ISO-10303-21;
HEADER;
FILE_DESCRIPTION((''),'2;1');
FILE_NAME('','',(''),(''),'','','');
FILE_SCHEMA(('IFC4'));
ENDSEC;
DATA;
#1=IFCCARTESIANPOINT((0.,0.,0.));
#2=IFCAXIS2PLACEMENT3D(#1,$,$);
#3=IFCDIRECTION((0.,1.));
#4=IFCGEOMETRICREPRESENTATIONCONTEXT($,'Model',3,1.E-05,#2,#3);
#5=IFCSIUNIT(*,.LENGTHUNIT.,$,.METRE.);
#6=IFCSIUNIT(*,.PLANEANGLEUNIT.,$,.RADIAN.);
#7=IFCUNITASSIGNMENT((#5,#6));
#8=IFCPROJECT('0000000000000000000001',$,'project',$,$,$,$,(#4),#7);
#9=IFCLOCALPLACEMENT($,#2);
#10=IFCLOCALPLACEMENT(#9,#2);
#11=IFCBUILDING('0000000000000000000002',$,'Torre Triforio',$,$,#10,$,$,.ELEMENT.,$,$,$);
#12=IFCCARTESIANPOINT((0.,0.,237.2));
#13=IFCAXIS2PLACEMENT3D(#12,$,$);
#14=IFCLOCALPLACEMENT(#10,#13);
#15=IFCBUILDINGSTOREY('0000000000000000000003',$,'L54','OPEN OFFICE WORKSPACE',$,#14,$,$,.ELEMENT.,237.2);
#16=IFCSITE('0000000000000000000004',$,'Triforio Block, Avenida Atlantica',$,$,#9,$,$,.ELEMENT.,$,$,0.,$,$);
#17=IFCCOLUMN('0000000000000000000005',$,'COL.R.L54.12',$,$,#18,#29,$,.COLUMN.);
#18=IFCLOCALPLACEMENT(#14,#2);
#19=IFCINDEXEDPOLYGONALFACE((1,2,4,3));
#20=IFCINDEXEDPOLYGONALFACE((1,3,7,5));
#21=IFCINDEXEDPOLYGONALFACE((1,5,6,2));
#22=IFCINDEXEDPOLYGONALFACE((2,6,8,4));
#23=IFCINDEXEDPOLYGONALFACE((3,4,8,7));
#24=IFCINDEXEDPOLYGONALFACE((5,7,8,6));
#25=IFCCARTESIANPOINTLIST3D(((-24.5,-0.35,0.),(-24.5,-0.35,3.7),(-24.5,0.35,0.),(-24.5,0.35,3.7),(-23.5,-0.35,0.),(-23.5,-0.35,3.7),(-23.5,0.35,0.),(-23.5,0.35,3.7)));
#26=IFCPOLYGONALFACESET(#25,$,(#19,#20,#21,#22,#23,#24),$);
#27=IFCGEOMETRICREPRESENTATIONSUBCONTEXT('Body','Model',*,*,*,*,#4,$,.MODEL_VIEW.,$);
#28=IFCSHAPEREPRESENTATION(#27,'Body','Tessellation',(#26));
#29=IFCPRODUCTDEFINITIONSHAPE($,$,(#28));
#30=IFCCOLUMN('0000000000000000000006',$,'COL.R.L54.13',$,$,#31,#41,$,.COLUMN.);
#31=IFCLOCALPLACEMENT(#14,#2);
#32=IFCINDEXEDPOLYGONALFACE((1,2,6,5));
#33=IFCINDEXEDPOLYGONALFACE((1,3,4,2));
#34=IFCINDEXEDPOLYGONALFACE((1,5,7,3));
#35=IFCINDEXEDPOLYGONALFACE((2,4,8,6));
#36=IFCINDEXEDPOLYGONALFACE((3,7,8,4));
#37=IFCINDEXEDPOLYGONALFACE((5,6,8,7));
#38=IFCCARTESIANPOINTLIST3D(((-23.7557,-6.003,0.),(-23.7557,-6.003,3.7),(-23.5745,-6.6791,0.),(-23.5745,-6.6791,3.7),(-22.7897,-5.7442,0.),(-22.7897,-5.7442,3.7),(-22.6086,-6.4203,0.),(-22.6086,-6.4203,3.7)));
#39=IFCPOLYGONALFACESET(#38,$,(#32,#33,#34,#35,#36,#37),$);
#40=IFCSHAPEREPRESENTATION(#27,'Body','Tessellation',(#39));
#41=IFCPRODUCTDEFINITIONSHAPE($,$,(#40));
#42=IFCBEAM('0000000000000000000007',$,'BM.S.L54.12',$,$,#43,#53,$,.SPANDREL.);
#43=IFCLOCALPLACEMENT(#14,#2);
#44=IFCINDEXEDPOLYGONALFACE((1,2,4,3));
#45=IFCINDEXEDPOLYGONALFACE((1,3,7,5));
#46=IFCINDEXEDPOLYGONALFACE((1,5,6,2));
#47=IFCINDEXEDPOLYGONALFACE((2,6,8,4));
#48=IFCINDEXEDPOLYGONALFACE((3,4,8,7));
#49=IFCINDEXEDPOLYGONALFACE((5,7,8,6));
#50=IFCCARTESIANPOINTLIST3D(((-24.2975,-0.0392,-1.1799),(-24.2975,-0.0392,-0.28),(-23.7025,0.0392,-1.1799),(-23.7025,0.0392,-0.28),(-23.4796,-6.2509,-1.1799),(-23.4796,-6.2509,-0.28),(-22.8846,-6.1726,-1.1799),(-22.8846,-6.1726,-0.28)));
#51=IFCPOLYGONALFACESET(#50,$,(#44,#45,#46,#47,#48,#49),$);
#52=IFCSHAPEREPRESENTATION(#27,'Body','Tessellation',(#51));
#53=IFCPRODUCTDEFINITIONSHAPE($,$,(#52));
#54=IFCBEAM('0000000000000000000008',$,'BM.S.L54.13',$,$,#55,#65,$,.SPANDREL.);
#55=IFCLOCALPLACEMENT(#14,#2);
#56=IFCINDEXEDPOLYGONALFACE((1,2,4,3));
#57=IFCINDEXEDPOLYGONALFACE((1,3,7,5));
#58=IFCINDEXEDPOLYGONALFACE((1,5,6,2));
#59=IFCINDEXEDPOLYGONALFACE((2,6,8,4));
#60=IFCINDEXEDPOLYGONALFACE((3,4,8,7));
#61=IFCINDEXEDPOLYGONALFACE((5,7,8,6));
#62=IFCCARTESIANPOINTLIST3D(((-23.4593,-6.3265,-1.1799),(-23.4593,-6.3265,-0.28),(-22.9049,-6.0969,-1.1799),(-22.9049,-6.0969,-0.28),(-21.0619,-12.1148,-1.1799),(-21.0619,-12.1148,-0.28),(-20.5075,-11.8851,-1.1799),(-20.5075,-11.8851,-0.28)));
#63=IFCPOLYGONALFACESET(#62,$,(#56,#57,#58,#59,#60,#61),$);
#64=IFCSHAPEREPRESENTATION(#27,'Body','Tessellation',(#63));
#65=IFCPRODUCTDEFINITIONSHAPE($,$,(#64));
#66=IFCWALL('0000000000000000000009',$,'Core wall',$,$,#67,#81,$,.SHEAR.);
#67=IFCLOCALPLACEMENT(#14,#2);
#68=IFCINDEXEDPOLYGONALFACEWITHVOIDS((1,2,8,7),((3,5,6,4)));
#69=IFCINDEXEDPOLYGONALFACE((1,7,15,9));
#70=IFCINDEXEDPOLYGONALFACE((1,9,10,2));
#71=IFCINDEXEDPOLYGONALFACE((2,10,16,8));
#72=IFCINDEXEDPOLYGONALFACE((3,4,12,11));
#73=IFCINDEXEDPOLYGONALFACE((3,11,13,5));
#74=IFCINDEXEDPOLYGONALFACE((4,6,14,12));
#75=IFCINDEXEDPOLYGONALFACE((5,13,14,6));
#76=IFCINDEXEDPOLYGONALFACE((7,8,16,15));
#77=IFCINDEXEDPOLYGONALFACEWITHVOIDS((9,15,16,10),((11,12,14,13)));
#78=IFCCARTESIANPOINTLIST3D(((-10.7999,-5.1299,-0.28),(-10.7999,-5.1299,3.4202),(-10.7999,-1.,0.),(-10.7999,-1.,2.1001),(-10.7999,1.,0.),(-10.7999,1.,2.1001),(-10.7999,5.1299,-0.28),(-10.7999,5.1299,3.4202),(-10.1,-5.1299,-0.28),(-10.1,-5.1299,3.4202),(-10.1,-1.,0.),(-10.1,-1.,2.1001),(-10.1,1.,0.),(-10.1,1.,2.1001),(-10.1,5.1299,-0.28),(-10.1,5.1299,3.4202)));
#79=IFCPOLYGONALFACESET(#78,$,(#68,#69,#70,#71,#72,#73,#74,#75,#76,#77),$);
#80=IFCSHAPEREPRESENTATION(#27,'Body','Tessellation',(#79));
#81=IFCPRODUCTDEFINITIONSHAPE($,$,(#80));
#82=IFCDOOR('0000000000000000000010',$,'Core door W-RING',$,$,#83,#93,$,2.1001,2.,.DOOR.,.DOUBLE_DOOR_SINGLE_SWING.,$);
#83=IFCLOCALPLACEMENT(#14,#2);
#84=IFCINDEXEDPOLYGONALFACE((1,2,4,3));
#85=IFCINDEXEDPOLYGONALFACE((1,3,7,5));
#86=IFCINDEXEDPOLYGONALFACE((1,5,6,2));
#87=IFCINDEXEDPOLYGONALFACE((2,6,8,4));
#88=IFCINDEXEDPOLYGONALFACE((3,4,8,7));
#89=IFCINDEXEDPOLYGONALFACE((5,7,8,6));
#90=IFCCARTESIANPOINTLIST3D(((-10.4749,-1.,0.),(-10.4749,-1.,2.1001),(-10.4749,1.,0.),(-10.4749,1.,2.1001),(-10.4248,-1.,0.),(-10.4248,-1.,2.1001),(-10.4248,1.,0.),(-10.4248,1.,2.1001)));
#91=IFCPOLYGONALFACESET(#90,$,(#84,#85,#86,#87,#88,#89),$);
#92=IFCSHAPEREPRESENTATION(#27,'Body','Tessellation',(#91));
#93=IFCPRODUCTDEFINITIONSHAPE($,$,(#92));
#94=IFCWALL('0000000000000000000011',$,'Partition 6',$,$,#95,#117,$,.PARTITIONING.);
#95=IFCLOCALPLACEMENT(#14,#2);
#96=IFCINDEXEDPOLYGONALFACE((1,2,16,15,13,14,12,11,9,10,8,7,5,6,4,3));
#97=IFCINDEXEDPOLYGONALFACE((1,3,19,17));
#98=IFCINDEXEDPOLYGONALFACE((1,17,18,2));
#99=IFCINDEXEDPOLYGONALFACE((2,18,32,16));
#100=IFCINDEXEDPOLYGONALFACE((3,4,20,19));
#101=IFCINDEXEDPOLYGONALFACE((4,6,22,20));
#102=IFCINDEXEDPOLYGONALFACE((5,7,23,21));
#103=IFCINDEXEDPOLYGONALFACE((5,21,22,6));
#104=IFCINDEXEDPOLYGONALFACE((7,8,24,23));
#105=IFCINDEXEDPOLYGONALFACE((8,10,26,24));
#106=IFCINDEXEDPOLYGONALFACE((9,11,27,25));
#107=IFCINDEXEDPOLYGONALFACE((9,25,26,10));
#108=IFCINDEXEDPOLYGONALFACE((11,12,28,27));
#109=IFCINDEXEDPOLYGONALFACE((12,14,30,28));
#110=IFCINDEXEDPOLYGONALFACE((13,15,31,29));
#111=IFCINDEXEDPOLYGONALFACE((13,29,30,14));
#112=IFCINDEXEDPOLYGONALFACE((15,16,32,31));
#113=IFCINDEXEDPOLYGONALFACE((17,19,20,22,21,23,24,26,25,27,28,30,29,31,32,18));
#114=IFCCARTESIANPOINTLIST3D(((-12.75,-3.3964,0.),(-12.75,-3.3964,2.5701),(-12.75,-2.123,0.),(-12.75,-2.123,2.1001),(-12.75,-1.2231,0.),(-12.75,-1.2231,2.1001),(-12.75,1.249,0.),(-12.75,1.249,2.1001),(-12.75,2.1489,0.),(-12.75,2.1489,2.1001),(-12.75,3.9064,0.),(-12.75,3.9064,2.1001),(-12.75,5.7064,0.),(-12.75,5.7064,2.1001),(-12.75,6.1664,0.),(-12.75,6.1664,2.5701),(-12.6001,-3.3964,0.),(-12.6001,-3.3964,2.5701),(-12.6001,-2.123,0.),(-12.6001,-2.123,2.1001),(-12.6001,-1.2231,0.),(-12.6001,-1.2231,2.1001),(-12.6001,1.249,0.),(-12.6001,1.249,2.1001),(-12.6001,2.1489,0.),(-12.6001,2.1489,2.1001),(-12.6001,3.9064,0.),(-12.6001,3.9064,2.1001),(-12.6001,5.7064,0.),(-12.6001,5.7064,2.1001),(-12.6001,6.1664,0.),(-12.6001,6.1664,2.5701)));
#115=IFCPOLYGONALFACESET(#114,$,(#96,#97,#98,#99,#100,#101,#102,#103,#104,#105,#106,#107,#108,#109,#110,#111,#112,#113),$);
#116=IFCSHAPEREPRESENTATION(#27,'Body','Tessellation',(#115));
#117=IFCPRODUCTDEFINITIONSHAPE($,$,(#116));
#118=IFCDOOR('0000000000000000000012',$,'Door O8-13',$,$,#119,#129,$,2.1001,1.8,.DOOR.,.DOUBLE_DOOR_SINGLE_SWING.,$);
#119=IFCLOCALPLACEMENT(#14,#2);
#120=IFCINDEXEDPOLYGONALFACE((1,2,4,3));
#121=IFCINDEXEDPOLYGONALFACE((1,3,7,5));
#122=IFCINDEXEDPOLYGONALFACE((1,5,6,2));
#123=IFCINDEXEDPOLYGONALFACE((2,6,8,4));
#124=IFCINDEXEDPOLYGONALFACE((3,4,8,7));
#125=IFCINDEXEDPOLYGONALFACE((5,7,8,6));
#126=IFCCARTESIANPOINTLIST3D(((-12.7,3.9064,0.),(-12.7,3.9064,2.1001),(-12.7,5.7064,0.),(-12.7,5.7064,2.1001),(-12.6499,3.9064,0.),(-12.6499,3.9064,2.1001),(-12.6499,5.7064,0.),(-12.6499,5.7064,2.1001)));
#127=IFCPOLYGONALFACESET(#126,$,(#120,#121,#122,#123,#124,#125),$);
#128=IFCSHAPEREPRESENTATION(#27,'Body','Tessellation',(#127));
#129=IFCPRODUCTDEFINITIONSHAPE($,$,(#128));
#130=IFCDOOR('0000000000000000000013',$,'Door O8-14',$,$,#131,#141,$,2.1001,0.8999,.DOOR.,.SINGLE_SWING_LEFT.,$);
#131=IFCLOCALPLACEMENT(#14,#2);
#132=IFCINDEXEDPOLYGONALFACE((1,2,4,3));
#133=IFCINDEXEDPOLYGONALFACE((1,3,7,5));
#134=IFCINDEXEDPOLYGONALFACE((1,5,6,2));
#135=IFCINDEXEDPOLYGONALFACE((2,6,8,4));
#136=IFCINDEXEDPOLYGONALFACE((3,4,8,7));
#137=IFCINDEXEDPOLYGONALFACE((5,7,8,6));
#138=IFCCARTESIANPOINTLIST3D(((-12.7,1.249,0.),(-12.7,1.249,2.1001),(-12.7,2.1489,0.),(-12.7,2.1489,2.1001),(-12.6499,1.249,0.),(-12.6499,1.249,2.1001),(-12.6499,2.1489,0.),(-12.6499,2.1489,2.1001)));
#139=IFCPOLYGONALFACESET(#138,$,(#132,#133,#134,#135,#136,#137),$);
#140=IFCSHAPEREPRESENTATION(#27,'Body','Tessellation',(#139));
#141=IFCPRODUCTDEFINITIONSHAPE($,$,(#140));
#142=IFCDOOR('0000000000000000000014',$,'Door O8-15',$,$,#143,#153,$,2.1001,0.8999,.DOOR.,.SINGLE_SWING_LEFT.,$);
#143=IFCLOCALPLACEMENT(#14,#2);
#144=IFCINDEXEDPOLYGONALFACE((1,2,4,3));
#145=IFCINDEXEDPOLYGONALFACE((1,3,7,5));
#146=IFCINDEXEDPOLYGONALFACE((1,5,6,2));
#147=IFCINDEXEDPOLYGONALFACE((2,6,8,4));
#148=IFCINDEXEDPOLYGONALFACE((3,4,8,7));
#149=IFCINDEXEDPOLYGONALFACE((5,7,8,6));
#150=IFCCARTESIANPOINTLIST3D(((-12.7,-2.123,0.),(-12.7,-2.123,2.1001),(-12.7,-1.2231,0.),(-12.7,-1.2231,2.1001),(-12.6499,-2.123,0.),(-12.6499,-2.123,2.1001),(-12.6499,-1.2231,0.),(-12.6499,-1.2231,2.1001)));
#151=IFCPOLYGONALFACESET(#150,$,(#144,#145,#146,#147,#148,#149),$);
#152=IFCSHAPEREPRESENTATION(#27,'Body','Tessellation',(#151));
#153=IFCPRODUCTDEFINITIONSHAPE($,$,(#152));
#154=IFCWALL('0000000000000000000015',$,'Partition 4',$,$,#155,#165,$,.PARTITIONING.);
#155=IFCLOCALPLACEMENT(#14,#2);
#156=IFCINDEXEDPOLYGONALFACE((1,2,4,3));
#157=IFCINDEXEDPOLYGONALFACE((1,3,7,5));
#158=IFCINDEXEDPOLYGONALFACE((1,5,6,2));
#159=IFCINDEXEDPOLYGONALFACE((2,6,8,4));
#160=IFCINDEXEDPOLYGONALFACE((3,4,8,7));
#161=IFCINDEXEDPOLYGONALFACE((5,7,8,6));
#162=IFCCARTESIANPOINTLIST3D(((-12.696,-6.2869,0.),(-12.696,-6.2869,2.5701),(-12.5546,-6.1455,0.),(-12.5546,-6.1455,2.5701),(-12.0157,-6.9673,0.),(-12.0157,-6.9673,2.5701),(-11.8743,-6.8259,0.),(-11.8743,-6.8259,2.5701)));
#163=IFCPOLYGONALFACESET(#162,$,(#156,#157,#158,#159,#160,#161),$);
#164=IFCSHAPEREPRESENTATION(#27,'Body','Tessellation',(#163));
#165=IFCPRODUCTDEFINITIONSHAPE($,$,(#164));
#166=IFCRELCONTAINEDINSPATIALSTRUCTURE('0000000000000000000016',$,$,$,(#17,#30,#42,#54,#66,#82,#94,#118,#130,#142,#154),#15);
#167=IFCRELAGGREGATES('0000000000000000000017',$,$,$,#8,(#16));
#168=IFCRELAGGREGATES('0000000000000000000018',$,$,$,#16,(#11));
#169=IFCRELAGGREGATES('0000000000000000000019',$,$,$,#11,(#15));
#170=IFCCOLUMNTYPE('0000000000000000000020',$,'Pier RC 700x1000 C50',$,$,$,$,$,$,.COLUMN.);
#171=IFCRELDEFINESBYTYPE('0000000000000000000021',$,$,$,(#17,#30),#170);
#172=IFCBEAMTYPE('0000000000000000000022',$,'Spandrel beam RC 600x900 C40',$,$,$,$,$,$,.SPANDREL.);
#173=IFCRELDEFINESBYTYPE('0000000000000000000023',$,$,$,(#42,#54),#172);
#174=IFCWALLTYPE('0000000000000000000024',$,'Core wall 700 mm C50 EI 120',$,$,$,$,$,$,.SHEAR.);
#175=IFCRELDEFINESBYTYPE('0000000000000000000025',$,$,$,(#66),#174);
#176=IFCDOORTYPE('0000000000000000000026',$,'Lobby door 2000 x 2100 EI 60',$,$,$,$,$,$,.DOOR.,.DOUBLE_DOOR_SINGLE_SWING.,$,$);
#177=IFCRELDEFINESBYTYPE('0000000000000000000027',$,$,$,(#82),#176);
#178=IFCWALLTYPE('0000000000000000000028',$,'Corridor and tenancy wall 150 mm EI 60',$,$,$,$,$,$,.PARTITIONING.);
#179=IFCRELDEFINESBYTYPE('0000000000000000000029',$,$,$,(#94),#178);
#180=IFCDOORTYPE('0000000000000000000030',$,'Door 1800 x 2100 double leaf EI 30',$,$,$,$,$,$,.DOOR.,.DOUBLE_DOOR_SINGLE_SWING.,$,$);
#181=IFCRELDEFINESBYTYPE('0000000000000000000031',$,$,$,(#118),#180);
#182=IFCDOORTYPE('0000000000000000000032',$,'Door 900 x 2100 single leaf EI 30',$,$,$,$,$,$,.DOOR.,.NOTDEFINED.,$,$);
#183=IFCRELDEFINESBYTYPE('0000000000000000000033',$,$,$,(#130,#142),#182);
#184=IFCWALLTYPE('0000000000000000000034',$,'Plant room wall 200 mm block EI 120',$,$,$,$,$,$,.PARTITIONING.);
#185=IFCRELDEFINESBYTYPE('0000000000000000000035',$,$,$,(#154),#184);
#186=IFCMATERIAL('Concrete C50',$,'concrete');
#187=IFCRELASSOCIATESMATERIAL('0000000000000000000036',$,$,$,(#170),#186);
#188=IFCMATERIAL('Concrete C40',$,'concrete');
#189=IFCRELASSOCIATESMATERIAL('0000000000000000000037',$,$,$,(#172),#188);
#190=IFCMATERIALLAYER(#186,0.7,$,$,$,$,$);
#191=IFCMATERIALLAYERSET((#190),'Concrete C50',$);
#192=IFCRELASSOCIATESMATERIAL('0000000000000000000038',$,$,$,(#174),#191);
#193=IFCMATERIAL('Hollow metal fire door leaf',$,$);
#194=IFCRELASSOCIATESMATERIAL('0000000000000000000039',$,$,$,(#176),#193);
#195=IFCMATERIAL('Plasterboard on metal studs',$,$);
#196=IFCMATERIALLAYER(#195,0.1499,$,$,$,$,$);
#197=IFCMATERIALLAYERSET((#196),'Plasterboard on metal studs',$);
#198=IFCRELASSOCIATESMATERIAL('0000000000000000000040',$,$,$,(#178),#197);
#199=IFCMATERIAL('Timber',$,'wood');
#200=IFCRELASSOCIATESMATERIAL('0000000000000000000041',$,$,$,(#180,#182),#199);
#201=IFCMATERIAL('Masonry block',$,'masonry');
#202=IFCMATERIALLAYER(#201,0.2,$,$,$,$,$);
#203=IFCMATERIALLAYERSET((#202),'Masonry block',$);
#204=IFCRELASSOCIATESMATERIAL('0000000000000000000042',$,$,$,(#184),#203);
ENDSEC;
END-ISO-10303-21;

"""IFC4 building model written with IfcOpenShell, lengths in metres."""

from ifc_helpers import new_model, si_unit, direction, frame, frame_2d, origin, origin_2d, place, context, subcontext, project, spatial, rectangle, extrude, material, layer, layer_set, material_profile, profile_set, type_object, element, fill, save


model = new_model("IFC4")

# Units and contexts
model_context = context("Model", 3, precision=1e-05, world=origin(), true_north=direction((0.0, 1.0)))
body_context = subcontext(model_context, "Body", "Model", "MODEL_VIEW")
ifc_project = project(units=[si_unit("LENGTHUNIT", "METRE"), si_unit("PLANEANGLEUNIT", "RADIAN")], contexts=[model_context])

# Site, building, storey
site_placement = place(None, origin())
site = spatial("IfcSite", under=ifc_project, at=site_placement, Name="Triforio Block, Avenida Atlantica", CompositionType="ELEMENT", RefElevation=0.0)
building_placement = place(site_placement, origin())
building = spatial("IfcBuilding", under=site, at=building_placement, Name="Torre Triforio", CompositionType="ELEMENT")
storey_placement = place(building_placement, frame((0.0, 0.0, 237.2)))
storey = spatial("IfcBuildingStorey", under=building, at=storey_placement, Name="L54", Description="OPEN OFFICE WORKSPACE", CompositionType="ELEMENT", Elevation=237.2)

# Columns
ifc_material_1 = material(Name="Concrete C50", Category="concrete")
ifc_material_profile_1 = material_profile(ifc_material_1, rectangle(XDim=0.7, YDim=1.0, at=origin_2d()), Name="RC 700x1000")
ifc_profile_set_1 = profile_set([ifc_material_profile_1], Name="Concrete C50")
column_type = type_object("IfcColumnType", Name="Pier RC 700x1000 C50", PredefinedType="COLUMN", material=ifc_profile_set_1)
for number, where, z_axis, x_axis, name in (
    (1, (-24.0, 0.0, 0.0), (0.0, 0.0, 1.0), (0.0, -1.0, 0.0), "COL.R.L54.12"),
    (2, (-23.1821, -6.2117, 0.0), (0.0, 0.0, 1.0), (0.258819, -0.965926, 0.0), "COL.R.L54.13"),
):
    element("IfcColumn", number, at=place(storey_placement, frame(where, z_axis=z_axis, x_axis=x_axis)), inside=storey, type_object=column_type, Name=name, PredefinedType="COLUMN", context=body_context, shape_type="SweptSolid", body=[
        extrude(rectangle(XDim=0.7, YDim=1.0, at=origin_2d()), origin(), (0.0, 0.0, 1.0), 3.7),
    ])

# Beams
ifc_material_2 = material(Name="Concrete C40", Category="concrete")
ifc_material_profile_2 = material_profile(ifc_material_2, rectangle(XDim=0.6001, YDim=0.8999, at=origin_2d()), Name="RC 600x900")
ifc_profile_set_2 = profile_set([ifc_material_profile_2], Name="Concrete C40")
beam_type = type_object("IfcBeamType", Name="Spandrel beam RC 600x900 C40", PredefinedType="SPANDREL", material=ifc_profile_set_2)
beam_1_placement = place(storey_placement, frame((-24.0, 0.0, -0.73), z_axis=(0.13054, -0.991443, 0.0), x_axis=(0.991443, 0.13054, 0.0)))
element("IfcBeam", 3, at=beam_1_placement, inside=storey, type_object=beam_type, Name="BM.S.L54.12", PredefinedType="SPANDREL", context=body_context, shape_type="SweptSolid", body=[
    extrude(rectangle(XDim=0.6001, YDim=0.8999, at=origin_2d()), origin(), (0.0, 0.0, 1.0), 6.2654),
])
beam_2_placement = place(storey_placement, frame((-23.1821, -6.2117, -0.73), z_axis=(0.382664, -0.923888, 0.0), x_axis=(0.923888, 0.382664, 0.0)))
element("IfcBeam", 4, at=beam_2_placement, inside=storey, type_object=beam_type, Name="BM.S.L54.13", PredefinedType="SPANDREL", context=body_context, shape_type="SweptSolid", body=[
    extrude(rectangle(XDim=0.6001, YDim=0.8999, at=origin_2d()), origin(), (0.0, 0.0, 1.0), 6.2651),
])

# Wall, opening, door
ifc_layer_1 = layer(ifc_material_1, 0.7)
ifc_layer_set_1 = layer_set([ifc_layer_1], Name="Concrete C50")
wall_type_1 = type_object("IfcWallType", Name="Core wall 700 mm C50 EI 120", PredefinedType="SHEAR", material=ifc_layer_set_1)
wall_1_placement = place(storey_placement, frame((-10.45, -5.1299, -0.28), z_axis=(0.0, 0.0, 1.0), x_axis=(0.0, 1.0, 0.0)))
wall_1 = element("IfcWall", 5, at=wall_1_placement, inside=storey, type_object=wall_type_1, Name="Core wall", PredefinedType="SHEAR", context=body_context, shape_type="SweptSolid", body=[
    extrude(rectangle(XDim=10.2598, YDim=0.7, at=frame_2d((5.1299, 0.0))), origin(), (0.0, 0.0, 1.0), 3.7002),
])
opening_1_placement = place(wall_1_placement, frame((4.1299, 0.0, 0.28)))
opening_1 = element("IfcOpeningElement", 6, at=opening_1_placement, cuts=wall_1, PredefinedType="OPENING", context=body_context, shape_type="SweptSolid", body=[
    extrude(rectangle(XDim=2.0, YDim=2.1001, at=frame_2d((1.0, 1.05))), frame((0.0, 0.3599, 0.0), z_axis=(0.0, -1.0, 0.0), x_axis=(1.0, 0.0, 0.0)), (0.0, 0.0, 1.0), 0.72),
])
ifc_material_3 = material(Name="Hollow metal fire door leaf")
door_type_1 = type_object("IfcDoorType", Name="Lobby door 2000 x 2100 EI 60", OperationType="DOUBLE_DOOR_SINGLE_SWING", PredefinedType="DOOR", material=ifc_material_3)
door_1_placement = place(opening_1_placement, origin())
door_1 = element("IfcDoor", 7, at=door_1_placement, inside=storey, type_object=door_type_1, Name="Core door W-RING", OperationType="DOUBLE_DOOR_SINGLE_SWING", OverallHeight=2.1001, OverallWidth=2.0, PredefinedType="DOOR", context=body_context, shape_type="SweptSolid", body=[
    extrude(rectangle(XDim=2.0, YDim=2.1001, at=frame_2d((1.0, 1.05))), frame((0.0, 0.0249, 0.0), z_axis=(0.0, -1.0, 0.0), x_axis=(1.0, 0.0, 0.0)), (0.0, 0.0, 1.0), 0.05),
])
fill(opening_1, door_1)

# Wall, openings, doors
ifc_material_4 = material(Name="Plasterboard on metal studs")
ifc_layer_2 = layer(ifc_material_4, 0.1499)
ifc_layer_set_2 = layer_set([ifc_layer_2], Name="Plasterboard on metal studs")
wall_type_2 = type_object("IfcWallType", Name="Corridor and tenancy wall 150 mm EI 60", PredefinedType="PARTITIONING", material=ifc_layer_set_2)
wall_2_placement = place(storey_placement, frame((-12.675, -3.3962, 0.0), z_axis=(0.0, 0.0, 1.0), x_axis=(0.0, 1.0, 0.0)))
wall_2 = element("IfcWall", 8, at=wall_2_placement, inside=storey, type_object=wall_type_2, Name="Partition 6", PredefinedType="PARTITIONING", context=body_context, shape_type="SweptSolid", body=[
    extrude(rectangle(XDim=9.5627, YDim=0.1499, at=frame_2d((4.7812, 0.0))), origin(), (0.0, 0.0, 1.0), 2.5701),
])
opening_2_placement = place(wall_2_placement, frame((7.3027, 0.0, 0.0)))
opening_2 = element("IfcOpeningElement", 9, at=opening_2_placement, cuts=wall_2, PredefinedType="OPENING", context=body_context, shape_type="SweptSolid", body=[
    extrude(rectangle(XDim=1.8, YDim=2.1001, at=frame_2d((0.8999, 1.05))), frame((0.0, 0.085, 0.0), z_axis=(0.0, -1.0, 0.0), x_axis=(1.0, 0.0, 0.0)), (0.0, 0.0, 1.0), 0.1699),
])
opening_3_placement = place(wall_2_placement, frame((4.6453, 0.0, 0.0)))
opening_3 = element("IfcOpeningElement", 10, at=opening_3_placement, cuts=wall_2, PredefinedType="OPENING", context=body_context, shape_type="SweptSolid", body=[
    extrude(rectangle(XDim=0.8999, YDim=2.1001, at=frame_2d((0.45, 1.05))), frame((0.0, 0.085, 0.0), z_axis=(0.0, -1.0, 0.0), x_axis=(1.0, 0.0, 0.0)), (0.0, 0.0, 1.0), 0.1699),
])
opening_4_placement = place(wall_2_placement, frame((1.2732, 0.0, 0.0)))
opening_4 = element("IfcOpeningElement", 11, at=opening_4_placement, cuts=wall_2, PredefinedType="OPENING", context=body_context, shape_type="SweptSolid", body=[
    extrude(rectangle(XDim=0.8999, YDim=2.1001, at=frame_2d((0.45, 1.05))), frame((0.0, 0.085, 0.0), z_axis=(0.0, -1.0, 0.0), x_axis=(1.0, 0.0, 0.0)), (0.0, 0.0, 1.0), 0.1699),
])
ifc_material_5 = material(Name="Timber", Category="wood")
door_type_2 = type_object("IfcDoorType", Name="Door 1800 x 2100 double leaf EI 30", OperationType="DOUBLE_DOOR_SINGLE_SWING", PredefinedType="DOOR", material=ifc_material_5)
door_2_placement = place(opening_2_placement, origin())
door_2 = element("IfcDoor", 12, at=door_2_placement, inside=storey, type_object=door_type_2, Name="Door O8-13", OperationType="DOUBLE_DOOR_SINGLE_SWING", OverallHeight=2.1001, OverallWidth=1.8, PredefinedType="DOOR", context=body_context, shape_type="SweptSolid", body=[
    extrude(rectangle(XDim=1.8, YDim=2.1001, at=frame_2d((0.8999, 1.05))), frame((0.0, 0.0249, 0.0), z_axis=(0.0, -1.0, 0.0), x_axis=(1.0, 0.0, 0.0)), (0.0, 0.0, 1.0), 0.05),
])
fill(opening_2, door_2)
door_type_3 = type_object("IfcDoorType", Name="Door 900 x 2100 single leaf EI 30", OperationType="NOTDEFINED", PredefinedType="DOOR", material=ifc_material_5)
door_3_placement = place(opening_3_placement, origin())
door_3 = element("IfcDoor", 13, at=door_3_placement, inside=storey, type_object=door_type_3, Name="Door O8-14", OperationType="SINGLE_SWING_LEFT", OverallHeight=2.1001, OverallWidth=0.8999, PredefinedType="DOOR", context=body_context, shape_type="SweptSolid", body=[
    extrude(rectangle(XDim=0.8999, YDim=2.1001, at=frame_2d((0.45, 1.05))), frame((0.0, 0.0249, 0.0), z_axis=(0.0, -1.0, 0.0), x_axis=(1.0, 0.0, 0.0)), (0.0, 0.0, 1.0), 0.05),
])
fill(opening_3, door_3)
door_4_placement = place(opening_4_placement, origin())
door_4 = element("IfcDoor", 14, at=door_4_placement, inside=storey, type_object=door_type_3, Name="Door O8-15", OperationType="SINGLE_SWING_LEFT", OverallHeight=2.1001, OverallWidth=0.8999, PredefinedType="DOOR", context=body_context, shape_type="SweptSolid", body=[
    extrude(rectangle(XDim=0.8999, YDim=2.1001, at=frame_2d((0.45, 1.05))), frame((0.0, 0.0249, 0.0), z_axis=(0.0, -1.0, 0.0), x_axis=(1.0, 0.0, 0.0)), (0.0, 0.0, 1.0), 0.05),
])
fill(opening_4, door_4)

# Wall
ifc_material_6 = material(Name="Masonry block", Category="masonry")
ifc_layer_3 = layer(ifc_material_6, 0.2)
ifc_layer_set_3 = layer_set([ifc_layer_3], Name="Masonry block")
wall_type_3 = type_object("IfcWallType", Name="Plant room wall 200 mm block EI 120", PredefinedType="PARTITIONING", material=ifc_layer_set_3)
wall_3_placement = place(storey_placement, frame((-11.9451, -6.8965, 0.0), z_axis=(0.0, 0.0, 1.0), x_axis=(-0.707107, 0.707107, 0.0)))
element("IfcWall", 15, at=wall_3_placement, inside=storey, type_object=wall_type_3, Name="Partition 4", PredefinedType="PARTITIONING", context=body_context, shape_type="SweptSolid", body=[
    extrude(rectangle(XDim=0.9622, YDim=0.2, at=frame_2d((0.481, 0.0))), origin(), (0.0, 0.0, 1.0), 2.5701),
])

save(model, "model.ifc")
